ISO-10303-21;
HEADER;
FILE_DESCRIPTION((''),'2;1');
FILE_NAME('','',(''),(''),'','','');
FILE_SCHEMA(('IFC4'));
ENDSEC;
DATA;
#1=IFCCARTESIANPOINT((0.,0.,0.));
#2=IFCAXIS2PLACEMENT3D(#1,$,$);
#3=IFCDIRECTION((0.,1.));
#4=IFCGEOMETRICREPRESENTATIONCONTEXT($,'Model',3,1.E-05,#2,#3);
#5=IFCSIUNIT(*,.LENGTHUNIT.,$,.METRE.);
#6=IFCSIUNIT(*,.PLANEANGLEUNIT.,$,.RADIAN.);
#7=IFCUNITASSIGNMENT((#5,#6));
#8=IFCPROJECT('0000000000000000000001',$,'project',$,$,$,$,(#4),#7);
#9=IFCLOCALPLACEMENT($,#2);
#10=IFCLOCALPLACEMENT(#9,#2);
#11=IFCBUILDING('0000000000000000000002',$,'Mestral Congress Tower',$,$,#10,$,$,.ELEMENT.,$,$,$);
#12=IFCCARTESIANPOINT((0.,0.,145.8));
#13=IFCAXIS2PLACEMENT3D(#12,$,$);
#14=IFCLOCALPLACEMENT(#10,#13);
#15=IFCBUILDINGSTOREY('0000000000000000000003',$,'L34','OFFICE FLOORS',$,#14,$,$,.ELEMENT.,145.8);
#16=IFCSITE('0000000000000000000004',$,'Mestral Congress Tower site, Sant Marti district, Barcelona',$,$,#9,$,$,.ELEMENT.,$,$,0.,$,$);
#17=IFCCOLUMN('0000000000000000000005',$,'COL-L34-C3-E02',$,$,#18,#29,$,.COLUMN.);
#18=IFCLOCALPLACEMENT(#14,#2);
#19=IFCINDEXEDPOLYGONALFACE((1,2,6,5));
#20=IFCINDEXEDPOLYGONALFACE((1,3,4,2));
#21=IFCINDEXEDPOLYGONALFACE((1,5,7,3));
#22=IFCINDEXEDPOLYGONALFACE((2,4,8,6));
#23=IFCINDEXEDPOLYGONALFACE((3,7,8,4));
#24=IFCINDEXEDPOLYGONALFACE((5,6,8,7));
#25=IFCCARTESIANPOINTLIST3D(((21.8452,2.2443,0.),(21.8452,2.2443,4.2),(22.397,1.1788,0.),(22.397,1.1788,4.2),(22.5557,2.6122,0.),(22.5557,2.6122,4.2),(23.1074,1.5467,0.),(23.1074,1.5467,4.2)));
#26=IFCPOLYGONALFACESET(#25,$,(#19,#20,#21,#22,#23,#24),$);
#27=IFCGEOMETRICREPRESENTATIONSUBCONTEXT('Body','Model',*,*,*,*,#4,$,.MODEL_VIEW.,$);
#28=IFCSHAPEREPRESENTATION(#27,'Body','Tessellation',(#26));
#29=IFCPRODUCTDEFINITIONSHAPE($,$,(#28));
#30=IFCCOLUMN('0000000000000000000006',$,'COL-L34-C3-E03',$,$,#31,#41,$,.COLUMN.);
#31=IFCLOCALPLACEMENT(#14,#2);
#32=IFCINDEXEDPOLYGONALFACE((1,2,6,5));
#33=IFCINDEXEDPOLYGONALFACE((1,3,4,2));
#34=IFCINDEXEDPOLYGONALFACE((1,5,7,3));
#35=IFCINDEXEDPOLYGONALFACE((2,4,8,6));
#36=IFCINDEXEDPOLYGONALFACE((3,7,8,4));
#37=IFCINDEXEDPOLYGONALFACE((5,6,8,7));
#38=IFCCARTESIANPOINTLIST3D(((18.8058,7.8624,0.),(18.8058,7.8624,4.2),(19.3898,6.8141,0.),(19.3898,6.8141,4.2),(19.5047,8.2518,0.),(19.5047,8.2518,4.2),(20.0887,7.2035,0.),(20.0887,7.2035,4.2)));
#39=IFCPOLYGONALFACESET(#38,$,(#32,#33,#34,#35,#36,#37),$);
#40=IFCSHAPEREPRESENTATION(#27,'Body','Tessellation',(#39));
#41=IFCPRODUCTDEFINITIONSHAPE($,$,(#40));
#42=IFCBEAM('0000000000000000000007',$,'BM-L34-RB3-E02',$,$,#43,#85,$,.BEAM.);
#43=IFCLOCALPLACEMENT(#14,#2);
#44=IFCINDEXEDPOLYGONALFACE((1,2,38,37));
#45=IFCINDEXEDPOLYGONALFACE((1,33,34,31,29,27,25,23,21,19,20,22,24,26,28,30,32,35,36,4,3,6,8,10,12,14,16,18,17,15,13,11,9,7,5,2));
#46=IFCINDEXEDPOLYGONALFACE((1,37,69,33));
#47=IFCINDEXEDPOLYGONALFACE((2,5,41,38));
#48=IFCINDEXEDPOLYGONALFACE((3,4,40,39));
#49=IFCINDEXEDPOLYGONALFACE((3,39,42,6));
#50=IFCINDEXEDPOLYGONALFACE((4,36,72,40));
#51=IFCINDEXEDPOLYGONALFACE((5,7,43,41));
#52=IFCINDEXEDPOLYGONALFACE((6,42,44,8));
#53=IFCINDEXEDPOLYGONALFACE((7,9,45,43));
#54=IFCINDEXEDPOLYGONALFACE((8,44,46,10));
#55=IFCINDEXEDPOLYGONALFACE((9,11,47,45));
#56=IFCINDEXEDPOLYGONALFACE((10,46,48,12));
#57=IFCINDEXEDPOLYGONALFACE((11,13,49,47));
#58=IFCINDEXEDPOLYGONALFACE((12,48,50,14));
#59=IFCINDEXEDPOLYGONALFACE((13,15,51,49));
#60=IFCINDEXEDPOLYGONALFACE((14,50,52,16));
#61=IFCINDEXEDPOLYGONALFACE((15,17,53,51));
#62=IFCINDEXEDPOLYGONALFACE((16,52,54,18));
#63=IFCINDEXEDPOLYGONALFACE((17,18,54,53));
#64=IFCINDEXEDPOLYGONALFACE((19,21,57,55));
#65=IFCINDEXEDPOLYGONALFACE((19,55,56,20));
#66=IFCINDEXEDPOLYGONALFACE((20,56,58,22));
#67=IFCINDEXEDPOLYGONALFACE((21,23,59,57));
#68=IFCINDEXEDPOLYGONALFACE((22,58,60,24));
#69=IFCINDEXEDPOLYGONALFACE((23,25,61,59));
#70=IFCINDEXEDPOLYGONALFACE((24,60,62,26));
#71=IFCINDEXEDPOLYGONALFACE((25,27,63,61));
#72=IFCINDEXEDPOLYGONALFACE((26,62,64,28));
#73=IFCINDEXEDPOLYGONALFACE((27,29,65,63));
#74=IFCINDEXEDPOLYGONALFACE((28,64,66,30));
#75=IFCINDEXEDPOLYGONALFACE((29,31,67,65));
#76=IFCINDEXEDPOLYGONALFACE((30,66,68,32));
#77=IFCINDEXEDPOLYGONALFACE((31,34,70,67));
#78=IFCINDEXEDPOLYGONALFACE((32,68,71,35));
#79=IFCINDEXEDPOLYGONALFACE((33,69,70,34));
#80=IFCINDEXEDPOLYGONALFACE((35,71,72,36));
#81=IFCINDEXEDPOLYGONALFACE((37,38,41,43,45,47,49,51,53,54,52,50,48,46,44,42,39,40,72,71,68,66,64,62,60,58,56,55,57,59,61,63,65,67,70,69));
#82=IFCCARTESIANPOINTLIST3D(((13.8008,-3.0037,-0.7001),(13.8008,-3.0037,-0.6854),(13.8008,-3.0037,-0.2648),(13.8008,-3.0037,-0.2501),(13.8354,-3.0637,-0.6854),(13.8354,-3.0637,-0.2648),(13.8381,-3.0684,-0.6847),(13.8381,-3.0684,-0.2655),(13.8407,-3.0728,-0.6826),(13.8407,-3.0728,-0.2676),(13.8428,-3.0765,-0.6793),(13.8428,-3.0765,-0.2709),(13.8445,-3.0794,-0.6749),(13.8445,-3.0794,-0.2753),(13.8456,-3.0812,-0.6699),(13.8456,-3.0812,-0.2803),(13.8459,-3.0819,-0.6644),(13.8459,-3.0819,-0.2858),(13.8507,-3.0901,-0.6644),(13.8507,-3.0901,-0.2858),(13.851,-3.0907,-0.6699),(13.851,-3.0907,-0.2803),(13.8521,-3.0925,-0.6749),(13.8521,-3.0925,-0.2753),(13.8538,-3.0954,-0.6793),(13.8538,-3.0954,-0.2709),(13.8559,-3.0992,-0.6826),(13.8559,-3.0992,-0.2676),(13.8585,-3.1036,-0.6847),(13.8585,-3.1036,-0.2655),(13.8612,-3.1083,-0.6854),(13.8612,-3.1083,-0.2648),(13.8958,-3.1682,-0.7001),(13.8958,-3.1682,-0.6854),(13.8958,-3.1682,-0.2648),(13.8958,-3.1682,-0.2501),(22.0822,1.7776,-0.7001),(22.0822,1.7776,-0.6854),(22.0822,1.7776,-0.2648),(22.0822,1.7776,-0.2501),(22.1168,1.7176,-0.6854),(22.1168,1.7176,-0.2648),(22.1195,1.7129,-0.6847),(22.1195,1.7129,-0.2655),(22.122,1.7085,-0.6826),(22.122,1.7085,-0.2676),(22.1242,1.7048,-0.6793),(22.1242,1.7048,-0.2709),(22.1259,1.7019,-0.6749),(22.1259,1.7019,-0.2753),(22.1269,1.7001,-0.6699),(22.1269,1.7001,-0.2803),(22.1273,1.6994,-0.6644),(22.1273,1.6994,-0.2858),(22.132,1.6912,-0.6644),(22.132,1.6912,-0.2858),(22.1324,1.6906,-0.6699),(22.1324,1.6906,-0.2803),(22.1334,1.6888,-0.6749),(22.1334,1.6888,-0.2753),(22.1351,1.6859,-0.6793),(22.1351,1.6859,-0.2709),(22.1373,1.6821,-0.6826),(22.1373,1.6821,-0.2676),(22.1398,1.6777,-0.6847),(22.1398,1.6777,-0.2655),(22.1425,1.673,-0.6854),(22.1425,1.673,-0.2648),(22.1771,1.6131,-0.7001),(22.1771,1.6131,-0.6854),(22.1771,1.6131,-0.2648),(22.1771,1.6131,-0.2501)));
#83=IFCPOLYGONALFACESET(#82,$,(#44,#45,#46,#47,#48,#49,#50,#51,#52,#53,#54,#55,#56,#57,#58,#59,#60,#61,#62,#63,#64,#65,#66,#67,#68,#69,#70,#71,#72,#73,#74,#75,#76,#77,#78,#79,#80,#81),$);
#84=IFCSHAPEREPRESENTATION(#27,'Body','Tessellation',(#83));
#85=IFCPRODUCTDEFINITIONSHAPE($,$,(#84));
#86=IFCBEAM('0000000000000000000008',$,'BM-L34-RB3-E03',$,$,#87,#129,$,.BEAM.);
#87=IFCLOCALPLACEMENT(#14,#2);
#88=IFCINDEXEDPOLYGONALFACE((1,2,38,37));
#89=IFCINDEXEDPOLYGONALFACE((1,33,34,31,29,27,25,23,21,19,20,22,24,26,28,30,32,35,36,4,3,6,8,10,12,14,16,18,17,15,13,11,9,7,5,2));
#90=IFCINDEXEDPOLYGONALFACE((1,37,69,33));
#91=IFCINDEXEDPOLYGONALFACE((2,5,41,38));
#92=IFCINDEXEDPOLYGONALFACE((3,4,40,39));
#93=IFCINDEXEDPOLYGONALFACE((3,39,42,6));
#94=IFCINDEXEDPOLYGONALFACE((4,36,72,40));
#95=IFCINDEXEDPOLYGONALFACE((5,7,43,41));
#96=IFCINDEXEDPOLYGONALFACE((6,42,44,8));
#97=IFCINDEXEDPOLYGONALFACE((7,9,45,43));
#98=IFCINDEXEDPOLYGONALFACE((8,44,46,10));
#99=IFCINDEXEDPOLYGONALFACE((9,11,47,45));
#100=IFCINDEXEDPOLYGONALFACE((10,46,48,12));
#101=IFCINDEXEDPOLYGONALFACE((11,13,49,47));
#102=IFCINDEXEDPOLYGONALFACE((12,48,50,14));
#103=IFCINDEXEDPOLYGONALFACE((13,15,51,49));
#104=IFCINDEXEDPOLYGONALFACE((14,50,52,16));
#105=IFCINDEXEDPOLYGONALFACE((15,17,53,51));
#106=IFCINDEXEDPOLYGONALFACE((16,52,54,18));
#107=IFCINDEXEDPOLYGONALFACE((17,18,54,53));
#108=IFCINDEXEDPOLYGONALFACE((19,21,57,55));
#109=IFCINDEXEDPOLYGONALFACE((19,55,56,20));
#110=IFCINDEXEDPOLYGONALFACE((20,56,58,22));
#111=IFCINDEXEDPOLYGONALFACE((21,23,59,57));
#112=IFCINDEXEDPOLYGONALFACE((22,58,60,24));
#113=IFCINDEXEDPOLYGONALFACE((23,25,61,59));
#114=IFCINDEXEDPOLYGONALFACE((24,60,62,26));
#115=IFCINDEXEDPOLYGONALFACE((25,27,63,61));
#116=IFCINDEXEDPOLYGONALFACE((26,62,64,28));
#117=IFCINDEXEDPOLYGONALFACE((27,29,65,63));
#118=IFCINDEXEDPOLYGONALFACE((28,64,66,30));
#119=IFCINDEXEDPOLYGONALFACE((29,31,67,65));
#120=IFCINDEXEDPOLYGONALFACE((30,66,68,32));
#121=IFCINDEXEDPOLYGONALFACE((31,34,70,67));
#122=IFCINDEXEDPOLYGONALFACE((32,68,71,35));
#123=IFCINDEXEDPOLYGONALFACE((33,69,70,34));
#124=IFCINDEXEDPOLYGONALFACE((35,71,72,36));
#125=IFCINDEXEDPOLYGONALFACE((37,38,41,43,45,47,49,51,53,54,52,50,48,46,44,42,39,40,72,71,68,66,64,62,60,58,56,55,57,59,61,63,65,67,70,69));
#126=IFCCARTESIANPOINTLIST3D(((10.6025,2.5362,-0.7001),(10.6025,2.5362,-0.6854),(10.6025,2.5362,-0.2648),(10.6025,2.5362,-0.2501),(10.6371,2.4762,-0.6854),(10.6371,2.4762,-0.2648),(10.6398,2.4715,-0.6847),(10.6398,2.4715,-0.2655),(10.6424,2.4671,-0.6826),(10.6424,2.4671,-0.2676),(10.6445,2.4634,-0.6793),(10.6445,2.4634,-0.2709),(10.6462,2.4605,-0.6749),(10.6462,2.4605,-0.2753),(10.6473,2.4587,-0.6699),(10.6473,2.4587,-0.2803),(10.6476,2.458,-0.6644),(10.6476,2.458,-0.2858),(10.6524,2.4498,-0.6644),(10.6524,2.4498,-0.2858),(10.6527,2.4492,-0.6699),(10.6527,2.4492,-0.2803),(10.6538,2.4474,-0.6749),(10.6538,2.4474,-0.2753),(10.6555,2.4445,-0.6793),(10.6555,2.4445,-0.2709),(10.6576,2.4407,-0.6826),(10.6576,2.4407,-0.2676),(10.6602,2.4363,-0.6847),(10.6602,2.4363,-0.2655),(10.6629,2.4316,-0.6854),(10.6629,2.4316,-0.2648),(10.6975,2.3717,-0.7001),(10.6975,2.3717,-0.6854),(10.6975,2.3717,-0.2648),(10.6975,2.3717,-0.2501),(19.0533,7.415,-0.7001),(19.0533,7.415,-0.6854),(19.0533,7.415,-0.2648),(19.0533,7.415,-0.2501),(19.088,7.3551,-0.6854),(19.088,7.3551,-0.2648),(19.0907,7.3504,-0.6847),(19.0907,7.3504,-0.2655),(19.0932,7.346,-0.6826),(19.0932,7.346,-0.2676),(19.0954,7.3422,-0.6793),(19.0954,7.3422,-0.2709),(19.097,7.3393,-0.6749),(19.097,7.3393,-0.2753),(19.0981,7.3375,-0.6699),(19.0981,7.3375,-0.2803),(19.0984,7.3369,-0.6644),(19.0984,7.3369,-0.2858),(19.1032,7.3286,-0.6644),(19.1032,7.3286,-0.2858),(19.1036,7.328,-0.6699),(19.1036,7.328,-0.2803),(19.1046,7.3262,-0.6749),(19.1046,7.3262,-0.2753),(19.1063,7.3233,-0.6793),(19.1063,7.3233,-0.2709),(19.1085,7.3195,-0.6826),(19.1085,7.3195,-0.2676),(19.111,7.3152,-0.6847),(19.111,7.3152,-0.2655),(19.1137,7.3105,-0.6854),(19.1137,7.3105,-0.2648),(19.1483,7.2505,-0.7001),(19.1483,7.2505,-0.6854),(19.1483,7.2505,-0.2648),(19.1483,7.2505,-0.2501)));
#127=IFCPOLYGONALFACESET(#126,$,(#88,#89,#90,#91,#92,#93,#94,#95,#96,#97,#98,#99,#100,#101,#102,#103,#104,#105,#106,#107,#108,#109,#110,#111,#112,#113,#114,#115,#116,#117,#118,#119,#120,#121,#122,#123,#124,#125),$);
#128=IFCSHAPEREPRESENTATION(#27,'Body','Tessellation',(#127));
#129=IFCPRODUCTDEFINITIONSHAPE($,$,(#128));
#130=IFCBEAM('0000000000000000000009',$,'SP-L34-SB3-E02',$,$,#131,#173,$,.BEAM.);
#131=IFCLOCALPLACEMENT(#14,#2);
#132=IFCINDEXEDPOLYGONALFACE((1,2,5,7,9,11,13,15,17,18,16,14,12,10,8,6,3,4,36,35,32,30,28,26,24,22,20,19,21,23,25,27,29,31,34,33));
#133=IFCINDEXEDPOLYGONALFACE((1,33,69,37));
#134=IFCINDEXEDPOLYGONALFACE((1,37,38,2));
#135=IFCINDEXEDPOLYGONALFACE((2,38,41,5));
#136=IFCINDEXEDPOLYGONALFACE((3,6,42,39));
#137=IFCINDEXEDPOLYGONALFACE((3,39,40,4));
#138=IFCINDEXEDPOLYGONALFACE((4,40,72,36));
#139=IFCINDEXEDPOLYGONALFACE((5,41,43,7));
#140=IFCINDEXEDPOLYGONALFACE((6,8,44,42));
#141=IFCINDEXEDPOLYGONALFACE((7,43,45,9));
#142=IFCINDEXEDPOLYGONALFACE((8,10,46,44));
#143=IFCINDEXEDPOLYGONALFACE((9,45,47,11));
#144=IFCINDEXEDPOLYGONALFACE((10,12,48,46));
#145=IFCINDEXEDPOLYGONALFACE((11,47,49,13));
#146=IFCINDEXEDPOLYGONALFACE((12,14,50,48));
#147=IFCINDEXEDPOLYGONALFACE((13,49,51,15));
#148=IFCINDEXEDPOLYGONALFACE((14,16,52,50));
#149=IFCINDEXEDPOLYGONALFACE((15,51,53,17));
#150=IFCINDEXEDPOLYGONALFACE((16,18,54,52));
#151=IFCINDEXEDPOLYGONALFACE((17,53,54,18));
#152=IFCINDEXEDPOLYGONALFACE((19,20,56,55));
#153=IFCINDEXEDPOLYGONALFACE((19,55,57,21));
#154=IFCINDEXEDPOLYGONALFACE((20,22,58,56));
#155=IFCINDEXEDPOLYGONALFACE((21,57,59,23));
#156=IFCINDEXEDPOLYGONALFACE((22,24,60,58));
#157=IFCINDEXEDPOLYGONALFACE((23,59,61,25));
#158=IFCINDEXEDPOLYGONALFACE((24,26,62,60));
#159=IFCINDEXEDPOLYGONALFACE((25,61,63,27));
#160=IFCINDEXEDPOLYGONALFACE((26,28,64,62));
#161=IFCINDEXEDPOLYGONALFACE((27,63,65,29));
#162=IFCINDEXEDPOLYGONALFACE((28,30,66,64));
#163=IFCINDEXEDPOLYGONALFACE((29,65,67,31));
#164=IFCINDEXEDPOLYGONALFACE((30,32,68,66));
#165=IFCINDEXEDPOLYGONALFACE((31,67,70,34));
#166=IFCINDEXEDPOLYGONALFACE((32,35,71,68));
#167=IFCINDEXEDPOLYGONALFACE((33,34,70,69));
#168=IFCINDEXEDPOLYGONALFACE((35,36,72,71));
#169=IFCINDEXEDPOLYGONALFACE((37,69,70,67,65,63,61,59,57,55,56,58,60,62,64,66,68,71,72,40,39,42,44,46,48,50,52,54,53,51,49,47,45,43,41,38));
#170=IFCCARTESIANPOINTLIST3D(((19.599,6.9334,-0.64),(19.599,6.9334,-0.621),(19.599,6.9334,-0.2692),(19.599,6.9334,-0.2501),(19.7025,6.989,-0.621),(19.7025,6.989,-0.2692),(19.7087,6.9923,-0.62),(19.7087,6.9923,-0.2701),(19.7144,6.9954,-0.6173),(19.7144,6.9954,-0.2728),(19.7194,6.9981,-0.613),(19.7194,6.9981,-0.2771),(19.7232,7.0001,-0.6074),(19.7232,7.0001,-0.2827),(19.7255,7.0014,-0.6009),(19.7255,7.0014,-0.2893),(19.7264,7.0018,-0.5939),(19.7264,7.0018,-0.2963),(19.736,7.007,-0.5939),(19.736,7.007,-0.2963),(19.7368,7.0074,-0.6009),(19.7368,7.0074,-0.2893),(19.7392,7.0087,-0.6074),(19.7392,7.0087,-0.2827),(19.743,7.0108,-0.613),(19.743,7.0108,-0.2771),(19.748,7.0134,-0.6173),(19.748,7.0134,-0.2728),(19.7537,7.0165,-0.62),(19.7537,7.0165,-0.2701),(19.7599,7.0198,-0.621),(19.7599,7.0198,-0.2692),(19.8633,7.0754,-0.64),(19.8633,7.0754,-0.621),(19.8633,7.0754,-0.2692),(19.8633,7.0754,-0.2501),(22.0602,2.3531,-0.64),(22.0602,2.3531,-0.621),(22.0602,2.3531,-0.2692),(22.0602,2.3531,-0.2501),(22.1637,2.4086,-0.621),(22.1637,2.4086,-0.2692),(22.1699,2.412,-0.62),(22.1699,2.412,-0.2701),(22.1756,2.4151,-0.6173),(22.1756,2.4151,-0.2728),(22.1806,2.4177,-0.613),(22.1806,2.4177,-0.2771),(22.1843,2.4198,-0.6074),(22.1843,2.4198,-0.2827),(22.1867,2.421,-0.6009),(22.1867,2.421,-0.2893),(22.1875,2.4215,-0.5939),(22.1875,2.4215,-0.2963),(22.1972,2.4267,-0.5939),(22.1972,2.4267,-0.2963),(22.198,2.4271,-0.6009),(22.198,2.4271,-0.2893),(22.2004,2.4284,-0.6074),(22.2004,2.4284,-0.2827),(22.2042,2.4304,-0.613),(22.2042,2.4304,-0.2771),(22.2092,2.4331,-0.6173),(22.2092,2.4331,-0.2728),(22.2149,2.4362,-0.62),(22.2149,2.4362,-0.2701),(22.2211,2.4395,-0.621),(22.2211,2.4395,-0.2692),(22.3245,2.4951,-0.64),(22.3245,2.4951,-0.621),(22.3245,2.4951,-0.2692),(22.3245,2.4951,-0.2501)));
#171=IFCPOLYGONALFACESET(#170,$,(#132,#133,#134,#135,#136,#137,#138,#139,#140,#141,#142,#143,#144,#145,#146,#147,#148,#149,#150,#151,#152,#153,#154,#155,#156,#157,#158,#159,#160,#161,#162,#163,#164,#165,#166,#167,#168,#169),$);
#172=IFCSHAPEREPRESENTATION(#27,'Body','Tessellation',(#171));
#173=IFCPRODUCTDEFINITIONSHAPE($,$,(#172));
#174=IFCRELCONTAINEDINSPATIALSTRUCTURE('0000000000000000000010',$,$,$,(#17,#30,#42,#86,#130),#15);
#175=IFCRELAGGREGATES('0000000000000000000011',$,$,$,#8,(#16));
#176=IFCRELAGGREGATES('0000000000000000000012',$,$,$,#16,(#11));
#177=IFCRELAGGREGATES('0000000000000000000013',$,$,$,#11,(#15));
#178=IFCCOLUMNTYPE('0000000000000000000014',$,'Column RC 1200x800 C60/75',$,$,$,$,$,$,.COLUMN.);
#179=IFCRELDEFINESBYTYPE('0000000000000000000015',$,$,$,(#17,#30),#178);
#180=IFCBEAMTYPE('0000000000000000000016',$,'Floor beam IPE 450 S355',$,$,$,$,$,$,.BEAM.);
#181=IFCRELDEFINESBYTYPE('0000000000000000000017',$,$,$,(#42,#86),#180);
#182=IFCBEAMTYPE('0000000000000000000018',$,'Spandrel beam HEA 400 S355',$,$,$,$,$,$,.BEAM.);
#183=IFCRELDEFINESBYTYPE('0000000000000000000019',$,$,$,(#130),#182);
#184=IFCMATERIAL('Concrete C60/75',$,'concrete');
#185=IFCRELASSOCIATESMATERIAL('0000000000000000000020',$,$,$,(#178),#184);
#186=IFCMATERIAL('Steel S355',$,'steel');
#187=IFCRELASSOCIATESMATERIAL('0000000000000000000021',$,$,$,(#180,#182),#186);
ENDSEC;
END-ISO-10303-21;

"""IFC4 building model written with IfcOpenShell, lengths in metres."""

from ifc_helpers import new_model, si_unit, direction, frame, origin, origin_2d, place, context, subcontext, project, spatial, rectangle, i_section, extrude, material, material_profile, profile_set, type_object, element, save


model = new_model("IFC4")

# Units and contexts
model_context = context("Model", 3, precision=1e-05, world=origin(), true_north=direction((0.0, 1.0)))
body_context = subcontext(model_context, "Body", "Model", "MODEL_VIEW")
ifc_project = project(units=[si_unit("LENGTHUNIT", "METRE"), si_unit("PLANEANGLEUNIT", "RADIAN")], contexts=[model_context])

# Site, building, storey
site_placement = place(None, origin())
site = spatial("IfcSite", under=ifc_project, at=site_placement, Name="Mestral Congress Tower site, Sant Marti district, Barcelona", CompositionType="ELEMENT", RefElevation=0.0)
building_placement = place(site_placement, origin())
building = spatial("IfcBuilding", under=site, at=building_placement, Name="Mestral Congress Tower", CompositionType="ELEMENT")
storey_placement = place(building_placement, frame((0.0, 0.0, 145.8)))
storey = spatial("IfcBuildingStorey", under=building, at=storey_placement, Name="L34", Description="OFFICE FLOORS", CompositionType="ELEMENT", Elevation=145.8)

# Columns
ifc_material_1 = material(Name="Concrete C60/75", Category="concrete")
ifc_material_profile_1 = material_profile(ifc_material_1, rectangle(XDim=1.2, YDim=0.8, at=origin_2d()), Name="RC 1200x800")
ifc_profile_set_1 = profile_set([ifc_material_profile_1], Name="Concrete C60/75")
column_type = type_object("IfcColumnType", Name="Column RC 1200x800 C60/75", PredefinedType="COLUMN", material=ifc_profile_set_1)
for number, where, z_axis, x_axis, name in (
    (1, (22.4763, 1.8955, 0.0), (0.0, 0.0, 1.0), (-0.459837, 0.888003, 0.0), "COL-L34-C3-E02"),
    (2, (19.4473, 7.533, 0.0), (0.0, 0.0, 1.0), (-0.486724, 0.873556, 0.0), "COL-L34-C3-E03"),
):
    element("IfcColumn", number, at=place(storey_placement, frame(where, z_axis=z_axis, x_axis=x_axis)), inside=storey, type_object=column_type, Name=name, PredefinedType="COLUMN", context=body_context, shape_type="SweptSolid", body=[
        extrude(rectangle(XDim=1.2, YDim=0.8, at=origin_2d()), origin(), (0.0, 0.0, 1.0), 4.2),
    ])

# Beams
ifc_material_2 = material(Name="Steel S355", Category="steel")
ifc_material_profile_2 = material_profile(ifc_material_2, i_section(OverallWidth=0.1899, OverallDepth=0.45, WebThickness=0.0095, FlangeThickness=0.0146, FilletRadius=0.021, at=origin_2d()), Name="IPE 450")
ifc_profile_set_2 = profile_set([ifc_material_profile_2], Name="Steel S355")
beam_type_1 = type_object("IfcBeamType", Name="Floor beam IPE 450 S355", PredefinedType="BEAM", material=ifc_profile_set_2)
beam_1_placement = place(storey_placement, frame((22.1296, 1.6953, -0.4751), z_axis=(-0.866022, -0.500005, 0.0), x_axis=(0.500005, -0.866022, 0.0)))
element("IfcBeam", 3, at=beam_1_placement, inside=storey, type_object=beam_type_1, Name="BM-L34-RB3-E02", PredefinedType="BEAM", context=body_context, shape_type="SweptSolid", body=[
    extrude(i_section(OverallWidth=0.1899, OverallDepth=0.45, WebThickness=0.0095, FlangeThickness=0.0146, FilletRadius=0.021, at=origin_2d()), origin(), (0.0, 0.0, 1.0), 9.5625),
])
beam_2_placement = place(storey_placement, frame((19.1008, 7.3328, -0.4751), z_axis=(-0.866036, -0.499982, 0.0), x_axis=(0.499982, -0.866036, 0.0)))
element("IfcBeam", 4, at=beam_2_placement, inside=storey, type_object=beam_type_1, Name="BM-L34-RB3-E03", PredefinedType="BEAM", context=body_context, shape_type="SweptSolid", body=[
    extrude(i_section(OverallWidth=0.1899, OverallDepth=0.45, WebThickness=0.0095, FlangeThickness=0.0146, FilletRadius=0.021, at=origin_2d()), origin(), (0.0, 0.0, 1.0), 9.7581),
])
ifc_material_profile_3 = material_profile(ifc_material_2, i_section(OverallWidth=0.3, OverallDepth=0.3899, WebThickness=0.011, FlangeThickness=0.019, FilletRadius=0.0271, at=origin_2d()), Name="HEA 400")
ifc_profile_set_3 = profile_set([ifc_material_profile_3], Name="Steel S355")
beam_type_2 = type_object("IfcBeamType", Name="Spandrel beam HEA 400 S355", PredefinedType="BEAM", material=ifc_profile_set_3)
for number, where, z_axis, x_axis, name in (
    (5, (22.1924, 2.4241, -0.4451), (-0.473332, 0.880884, 0.0), (-0.880884, -0.473332, 0.0), "SP-L34-SB3-E02"),
):
    element("IfcBeam", number, at=place(storey_placement, frame(where, z_axis=z_axis, x_axis=x_axis)), inside=storey, type_object=beam_type_2, Name=name, PredefinedType="BEAM", context=body_context, shape_type="SweptSolid", body=[
        extrude(i_section(OverallWidth=0.3, OverallDepth=0.3899, WebThickness=0.011, FlangeThickness=0.019, FilletRadius=0.0271, at=origin_2d()), origin(), (0.0, 0.0, 1.0), 5.1997),
    ])

save(model, "model.ifc")
